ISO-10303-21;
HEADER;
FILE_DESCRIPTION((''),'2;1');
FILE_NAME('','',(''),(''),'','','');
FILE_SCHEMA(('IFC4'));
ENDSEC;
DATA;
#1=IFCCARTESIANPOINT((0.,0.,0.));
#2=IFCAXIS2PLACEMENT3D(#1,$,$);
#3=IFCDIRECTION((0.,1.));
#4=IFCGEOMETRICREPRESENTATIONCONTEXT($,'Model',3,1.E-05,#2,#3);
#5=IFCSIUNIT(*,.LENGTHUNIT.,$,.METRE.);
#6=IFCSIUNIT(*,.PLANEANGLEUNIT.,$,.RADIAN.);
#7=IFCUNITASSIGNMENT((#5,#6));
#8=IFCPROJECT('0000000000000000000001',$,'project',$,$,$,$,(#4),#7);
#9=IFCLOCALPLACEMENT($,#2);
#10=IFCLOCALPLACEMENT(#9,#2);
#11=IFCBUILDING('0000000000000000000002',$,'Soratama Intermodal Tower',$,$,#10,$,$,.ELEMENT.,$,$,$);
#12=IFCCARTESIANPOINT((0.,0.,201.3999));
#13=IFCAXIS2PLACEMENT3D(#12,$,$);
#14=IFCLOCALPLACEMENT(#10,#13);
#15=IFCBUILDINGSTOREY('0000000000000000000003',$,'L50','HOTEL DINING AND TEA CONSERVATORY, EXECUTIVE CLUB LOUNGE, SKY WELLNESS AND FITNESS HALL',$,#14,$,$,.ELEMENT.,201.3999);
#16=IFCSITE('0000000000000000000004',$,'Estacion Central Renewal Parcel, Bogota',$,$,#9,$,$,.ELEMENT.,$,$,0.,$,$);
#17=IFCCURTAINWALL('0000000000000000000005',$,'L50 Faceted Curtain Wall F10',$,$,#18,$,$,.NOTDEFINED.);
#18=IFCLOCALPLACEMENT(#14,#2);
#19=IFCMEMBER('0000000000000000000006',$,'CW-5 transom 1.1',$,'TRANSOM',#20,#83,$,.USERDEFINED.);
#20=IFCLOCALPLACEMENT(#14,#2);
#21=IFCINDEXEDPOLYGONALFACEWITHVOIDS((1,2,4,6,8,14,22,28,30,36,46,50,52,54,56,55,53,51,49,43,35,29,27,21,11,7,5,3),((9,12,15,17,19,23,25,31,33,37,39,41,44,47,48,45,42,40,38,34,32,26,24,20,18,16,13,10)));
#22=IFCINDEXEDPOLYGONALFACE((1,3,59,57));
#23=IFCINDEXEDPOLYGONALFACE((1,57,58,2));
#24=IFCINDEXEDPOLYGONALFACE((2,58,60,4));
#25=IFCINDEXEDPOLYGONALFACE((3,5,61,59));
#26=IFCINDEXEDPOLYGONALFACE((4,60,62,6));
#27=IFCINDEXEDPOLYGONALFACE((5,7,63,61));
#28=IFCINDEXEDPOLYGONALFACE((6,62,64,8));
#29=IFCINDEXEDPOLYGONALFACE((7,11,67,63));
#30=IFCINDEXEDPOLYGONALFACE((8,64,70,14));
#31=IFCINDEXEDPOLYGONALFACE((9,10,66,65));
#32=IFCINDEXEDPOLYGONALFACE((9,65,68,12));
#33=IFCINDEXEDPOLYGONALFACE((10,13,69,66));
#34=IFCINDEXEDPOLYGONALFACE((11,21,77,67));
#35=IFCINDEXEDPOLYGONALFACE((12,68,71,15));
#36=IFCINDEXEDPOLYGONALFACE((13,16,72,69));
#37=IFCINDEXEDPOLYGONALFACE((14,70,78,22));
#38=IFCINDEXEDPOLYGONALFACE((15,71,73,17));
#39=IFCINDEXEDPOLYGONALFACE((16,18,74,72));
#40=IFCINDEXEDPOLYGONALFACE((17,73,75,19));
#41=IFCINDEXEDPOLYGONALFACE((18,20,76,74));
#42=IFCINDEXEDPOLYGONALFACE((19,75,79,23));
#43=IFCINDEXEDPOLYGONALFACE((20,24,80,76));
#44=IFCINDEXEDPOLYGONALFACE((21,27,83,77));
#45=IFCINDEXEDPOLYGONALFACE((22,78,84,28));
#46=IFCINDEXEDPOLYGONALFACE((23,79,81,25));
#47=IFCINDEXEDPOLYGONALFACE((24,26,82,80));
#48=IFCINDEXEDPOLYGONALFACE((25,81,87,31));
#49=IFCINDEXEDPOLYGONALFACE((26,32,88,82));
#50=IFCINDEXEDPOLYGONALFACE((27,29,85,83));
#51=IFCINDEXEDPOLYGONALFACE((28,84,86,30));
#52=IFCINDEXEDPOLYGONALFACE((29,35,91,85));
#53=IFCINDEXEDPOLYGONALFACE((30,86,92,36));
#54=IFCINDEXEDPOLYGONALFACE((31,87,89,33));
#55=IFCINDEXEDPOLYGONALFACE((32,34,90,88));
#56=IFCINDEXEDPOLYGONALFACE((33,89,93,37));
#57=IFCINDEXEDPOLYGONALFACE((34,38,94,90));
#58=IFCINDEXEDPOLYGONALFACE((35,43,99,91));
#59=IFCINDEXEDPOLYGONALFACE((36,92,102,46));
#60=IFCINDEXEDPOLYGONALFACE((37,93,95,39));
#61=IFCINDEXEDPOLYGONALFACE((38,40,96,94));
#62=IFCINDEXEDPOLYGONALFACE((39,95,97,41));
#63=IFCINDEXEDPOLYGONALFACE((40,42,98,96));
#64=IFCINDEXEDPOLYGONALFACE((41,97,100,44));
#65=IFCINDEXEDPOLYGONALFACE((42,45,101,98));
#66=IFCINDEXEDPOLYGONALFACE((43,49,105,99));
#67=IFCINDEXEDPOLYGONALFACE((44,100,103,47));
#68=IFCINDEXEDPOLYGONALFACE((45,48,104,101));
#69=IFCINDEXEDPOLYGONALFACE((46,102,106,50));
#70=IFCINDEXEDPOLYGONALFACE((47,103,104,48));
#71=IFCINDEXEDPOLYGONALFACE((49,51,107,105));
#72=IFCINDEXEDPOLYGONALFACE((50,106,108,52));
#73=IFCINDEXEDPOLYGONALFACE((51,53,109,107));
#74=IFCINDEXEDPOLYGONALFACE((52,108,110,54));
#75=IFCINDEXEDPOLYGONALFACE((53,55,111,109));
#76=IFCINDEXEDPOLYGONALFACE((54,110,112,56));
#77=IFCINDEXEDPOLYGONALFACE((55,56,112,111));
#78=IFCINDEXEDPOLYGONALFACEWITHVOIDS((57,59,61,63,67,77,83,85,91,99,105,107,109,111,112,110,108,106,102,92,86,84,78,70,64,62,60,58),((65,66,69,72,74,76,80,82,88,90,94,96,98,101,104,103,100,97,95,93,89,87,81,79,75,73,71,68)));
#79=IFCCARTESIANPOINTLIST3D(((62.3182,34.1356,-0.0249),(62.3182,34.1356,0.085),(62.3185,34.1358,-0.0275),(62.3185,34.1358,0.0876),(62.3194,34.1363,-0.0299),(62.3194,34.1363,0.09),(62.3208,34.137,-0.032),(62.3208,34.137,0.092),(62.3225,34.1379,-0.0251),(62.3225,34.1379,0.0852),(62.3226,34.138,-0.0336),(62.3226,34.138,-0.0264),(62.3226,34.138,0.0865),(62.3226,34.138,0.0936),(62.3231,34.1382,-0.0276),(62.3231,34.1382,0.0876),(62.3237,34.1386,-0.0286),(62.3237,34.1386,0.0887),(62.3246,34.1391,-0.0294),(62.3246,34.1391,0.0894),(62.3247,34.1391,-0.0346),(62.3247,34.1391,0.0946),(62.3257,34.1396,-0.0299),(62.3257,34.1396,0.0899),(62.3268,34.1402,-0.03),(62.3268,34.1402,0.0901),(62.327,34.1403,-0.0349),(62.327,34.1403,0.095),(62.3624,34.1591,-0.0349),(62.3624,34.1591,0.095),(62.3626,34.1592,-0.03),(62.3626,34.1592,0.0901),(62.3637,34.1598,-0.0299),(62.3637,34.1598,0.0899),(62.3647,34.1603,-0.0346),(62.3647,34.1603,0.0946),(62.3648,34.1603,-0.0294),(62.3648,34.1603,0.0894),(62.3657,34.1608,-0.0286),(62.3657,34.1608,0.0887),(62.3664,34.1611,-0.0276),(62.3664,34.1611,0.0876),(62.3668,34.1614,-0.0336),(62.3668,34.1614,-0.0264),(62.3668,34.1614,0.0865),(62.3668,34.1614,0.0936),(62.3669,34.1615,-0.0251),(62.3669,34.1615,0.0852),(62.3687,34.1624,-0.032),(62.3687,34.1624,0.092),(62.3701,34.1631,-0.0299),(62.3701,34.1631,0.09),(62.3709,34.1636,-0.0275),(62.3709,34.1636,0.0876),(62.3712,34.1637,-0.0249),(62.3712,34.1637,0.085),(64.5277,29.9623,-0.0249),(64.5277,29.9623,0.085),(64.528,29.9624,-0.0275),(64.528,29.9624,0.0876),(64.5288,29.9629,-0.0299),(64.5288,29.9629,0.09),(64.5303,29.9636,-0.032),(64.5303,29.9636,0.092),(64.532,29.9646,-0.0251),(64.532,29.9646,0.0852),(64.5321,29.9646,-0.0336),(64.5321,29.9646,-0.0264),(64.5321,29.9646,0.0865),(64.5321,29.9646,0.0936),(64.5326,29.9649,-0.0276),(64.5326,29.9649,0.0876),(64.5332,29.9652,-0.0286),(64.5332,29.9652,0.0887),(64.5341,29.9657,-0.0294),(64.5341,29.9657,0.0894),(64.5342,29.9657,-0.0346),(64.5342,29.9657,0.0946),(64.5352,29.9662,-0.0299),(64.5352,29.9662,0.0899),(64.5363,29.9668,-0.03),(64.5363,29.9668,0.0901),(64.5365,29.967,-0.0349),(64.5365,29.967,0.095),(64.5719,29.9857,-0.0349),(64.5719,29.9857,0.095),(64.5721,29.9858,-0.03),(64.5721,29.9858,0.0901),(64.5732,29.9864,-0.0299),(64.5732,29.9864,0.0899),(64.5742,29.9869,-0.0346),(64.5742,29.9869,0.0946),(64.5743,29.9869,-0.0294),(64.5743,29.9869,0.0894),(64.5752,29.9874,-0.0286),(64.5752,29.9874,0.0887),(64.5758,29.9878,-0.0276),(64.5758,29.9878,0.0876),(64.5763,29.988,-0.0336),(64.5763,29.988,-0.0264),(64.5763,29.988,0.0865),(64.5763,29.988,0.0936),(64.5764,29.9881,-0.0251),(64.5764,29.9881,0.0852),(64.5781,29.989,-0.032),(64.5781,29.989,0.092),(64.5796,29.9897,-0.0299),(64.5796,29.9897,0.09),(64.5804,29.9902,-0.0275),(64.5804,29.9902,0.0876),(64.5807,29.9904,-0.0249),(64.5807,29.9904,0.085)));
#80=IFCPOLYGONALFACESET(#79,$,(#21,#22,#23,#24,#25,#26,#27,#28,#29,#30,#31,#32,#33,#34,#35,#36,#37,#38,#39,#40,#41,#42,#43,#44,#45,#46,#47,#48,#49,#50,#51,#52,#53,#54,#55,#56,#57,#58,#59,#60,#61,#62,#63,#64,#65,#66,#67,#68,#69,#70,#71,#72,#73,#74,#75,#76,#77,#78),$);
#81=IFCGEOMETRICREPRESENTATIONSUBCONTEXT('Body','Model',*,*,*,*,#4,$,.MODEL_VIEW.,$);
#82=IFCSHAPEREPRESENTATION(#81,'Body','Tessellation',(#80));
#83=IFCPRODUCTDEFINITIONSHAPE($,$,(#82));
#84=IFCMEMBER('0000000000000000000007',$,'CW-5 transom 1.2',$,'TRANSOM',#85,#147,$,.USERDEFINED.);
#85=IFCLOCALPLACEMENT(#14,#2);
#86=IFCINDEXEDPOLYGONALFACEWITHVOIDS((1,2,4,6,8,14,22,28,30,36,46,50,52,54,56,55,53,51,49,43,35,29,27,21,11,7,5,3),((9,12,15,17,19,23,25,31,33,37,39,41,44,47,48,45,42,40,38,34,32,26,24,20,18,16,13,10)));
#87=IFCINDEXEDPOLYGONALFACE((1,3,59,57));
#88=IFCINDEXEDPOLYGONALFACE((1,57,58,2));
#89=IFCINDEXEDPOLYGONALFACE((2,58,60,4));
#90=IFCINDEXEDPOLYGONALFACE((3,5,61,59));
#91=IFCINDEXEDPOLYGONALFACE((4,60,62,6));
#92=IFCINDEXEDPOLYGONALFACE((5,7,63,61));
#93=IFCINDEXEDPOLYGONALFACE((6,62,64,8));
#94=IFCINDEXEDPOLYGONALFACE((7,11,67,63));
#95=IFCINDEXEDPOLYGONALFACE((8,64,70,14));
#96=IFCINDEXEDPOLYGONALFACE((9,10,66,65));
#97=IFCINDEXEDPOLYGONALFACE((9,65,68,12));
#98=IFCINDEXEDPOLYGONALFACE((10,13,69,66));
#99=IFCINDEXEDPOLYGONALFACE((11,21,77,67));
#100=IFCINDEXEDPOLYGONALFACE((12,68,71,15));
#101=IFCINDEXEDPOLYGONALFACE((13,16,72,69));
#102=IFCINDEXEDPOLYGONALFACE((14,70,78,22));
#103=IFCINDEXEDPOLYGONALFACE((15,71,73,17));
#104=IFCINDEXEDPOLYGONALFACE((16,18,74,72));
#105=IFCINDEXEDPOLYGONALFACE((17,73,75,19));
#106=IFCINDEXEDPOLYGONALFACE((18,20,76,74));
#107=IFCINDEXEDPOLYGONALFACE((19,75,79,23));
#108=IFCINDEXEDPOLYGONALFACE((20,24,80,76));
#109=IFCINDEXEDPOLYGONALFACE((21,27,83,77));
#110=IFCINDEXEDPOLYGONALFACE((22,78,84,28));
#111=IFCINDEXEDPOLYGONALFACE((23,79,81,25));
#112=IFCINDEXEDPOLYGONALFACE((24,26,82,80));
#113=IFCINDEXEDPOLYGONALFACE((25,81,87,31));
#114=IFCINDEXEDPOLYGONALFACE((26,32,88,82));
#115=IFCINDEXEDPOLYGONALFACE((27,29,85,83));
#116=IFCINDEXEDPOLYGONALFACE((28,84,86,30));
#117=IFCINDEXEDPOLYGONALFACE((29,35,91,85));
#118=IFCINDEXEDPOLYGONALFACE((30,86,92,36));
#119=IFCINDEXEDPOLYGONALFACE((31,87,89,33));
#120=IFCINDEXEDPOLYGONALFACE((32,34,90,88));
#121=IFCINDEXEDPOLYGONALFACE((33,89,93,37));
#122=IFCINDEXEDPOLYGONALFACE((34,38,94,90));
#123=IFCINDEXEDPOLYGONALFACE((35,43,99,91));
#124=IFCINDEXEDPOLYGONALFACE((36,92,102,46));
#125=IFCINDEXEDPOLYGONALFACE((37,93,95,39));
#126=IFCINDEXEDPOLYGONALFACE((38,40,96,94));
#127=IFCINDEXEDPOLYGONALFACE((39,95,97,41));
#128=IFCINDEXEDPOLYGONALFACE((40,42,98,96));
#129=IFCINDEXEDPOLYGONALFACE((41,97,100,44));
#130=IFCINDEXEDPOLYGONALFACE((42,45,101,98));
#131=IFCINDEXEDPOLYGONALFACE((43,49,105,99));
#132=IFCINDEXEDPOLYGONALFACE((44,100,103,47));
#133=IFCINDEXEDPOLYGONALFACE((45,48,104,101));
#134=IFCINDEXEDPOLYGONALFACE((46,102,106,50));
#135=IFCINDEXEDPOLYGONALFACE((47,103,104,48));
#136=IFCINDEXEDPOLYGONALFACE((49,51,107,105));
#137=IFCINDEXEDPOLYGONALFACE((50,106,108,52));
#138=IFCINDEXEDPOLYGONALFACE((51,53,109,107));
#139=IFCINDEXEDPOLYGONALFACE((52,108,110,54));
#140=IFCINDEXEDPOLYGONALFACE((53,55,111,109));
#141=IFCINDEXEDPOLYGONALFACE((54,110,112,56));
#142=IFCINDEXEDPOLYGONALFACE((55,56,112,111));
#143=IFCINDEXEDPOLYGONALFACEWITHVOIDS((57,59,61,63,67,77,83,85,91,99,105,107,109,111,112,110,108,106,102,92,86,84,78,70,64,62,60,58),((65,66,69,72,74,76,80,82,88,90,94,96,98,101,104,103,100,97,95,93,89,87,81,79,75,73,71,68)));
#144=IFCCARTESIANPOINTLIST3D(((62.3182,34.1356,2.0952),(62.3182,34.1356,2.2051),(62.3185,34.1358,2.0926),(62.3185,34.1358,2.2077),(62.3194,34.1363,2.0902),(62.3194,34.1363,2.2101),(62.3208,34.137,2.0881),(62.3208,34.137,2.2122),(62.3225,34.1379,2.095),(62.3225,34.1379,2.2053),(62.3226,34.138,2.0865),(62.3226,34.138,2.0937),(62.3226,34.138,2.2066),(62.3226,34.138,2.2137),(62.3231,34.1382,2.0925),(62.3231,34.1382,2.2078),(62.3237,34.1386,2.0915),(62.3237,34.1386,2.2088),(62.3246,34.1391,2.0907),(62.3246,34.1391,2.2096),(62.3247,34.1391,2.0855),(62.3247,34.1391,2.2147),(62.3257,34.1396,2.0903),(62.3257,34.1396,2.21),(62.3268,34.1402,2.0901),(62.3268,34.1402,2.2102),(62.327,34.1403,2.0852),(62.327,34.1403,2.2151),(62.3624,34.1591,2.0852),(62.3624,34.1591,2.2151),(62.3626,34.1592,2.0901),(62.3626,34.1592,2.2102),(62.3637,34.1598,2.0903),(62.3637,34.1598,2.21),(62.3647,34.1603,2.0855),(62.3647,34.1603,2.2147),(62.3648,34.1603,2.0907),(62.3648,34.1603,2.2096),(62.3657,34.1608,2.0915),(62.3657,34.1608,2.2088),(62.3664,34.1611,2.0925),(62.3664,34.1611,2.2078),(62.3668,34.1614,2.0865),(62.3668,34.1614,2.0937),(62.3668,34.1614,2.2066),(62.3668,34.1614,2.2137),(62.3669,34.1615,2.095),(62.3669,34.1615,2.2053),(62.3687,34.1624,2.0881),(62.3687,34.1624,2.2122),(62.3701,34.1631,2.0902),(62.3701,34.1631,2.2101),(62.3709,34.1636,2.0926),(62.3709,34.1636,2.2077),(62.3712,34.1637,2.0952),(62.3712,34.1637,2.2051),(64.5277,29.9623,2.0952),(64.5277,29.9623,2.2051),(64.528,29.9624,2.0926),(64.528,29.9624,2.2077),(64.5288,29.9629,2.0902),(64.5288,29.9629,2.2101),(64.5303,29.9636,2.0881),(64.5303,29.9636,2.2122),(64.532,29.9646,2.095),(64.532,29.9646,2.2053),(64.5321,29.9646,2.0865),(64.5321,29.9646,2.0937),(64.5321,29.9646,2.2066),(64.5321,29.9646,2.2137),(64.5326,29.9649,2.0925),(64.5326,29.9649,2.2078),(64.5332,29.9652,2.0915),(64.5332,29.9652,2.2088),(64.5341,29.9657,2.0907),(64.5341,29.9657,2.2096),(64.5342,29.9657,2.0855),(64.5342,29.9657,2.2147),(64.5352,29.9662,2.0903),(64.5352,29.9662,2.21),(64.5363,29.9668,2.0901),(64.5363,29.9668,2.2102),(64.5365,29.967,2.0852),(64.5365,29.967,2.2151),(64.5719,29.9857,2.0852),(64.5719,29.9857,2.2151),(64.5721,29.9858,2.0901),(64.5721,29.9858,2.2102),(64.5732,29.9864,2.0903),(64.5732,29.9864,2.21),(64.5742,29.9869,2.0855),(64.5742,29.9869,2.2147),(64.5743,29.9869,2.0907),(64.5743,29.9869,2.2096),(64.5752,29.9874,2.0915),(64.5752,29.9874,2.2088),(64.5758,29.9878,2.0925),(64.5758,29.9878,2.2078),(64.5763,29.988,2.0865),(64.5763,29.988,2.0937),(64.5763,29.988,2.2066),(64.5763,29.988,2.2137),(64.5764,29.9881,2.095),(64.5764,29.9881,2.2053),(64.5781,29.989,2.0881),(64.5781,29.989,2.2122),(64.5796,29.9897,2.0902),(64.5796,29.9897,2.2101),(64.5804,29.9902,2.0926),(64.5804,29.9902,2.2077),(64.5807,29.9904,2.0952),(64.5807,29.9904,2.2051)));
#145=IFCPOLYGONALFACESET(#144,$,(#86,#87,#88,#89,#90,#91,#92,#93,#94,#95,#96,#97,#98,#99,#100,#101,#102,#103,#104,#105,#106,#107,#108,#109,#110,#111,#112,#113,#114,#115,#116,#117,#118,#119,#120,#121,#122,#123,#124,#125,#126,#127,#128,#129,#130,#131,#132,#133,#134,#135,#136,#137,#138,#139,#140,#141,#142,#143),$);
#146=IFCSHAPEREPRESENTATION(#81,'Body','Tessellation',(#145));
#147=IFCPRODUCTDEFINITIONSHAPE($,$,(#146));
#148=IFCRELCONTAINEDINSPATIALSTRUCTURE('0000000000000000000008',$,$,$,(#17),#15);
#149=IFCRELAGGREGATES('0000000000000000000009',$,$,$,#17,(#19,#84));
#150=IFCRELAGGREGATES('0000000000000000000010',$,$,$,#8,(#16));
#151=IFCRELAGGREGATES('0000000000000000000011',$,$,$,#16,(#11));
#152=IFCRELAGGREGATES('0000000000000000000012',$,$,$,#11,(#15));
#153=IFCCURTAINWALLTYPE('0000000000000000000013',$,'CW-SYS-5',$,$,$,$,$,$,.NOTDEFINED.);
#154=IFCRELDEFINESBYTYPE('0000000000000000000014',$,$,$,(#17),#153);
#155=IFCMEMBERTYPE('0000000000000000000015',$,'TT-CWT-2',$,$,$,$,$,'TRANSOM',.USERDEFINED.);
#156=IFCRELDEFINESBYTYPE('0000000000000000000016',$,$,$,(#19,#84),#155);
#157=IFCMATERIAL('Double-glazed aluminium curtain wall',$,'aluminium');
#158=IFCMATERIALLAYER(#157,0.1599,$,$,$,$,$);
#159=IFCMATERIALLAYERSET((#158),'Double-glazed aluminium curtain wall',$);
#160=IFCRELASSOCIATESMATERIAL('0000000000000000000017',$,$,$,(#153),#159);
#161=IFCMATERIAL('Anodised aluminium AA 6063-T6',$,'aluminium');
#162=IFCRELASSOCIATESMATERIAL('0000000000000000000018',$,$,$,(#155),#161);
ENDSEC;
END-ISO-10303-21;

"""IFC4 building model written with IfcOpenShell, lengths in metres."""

from ifc_helpers import new_model, si_unit, direction, frame, origin, origin_2d, place, context, subcontext, project, spatial, hollow_rectangle, extrude, material, layer, layer_set, material_profile, profile_set, type_object, element, aggregate, save


model = new_model("IFC4")

# Units and contexts
model_context = context("Model", 3, precision=1e-05, world=origin(), true_north=direction((0.0, 1.0)))
body_context = subcontext(model_context, "Body", "Model", "MODEL_VIEW")
ifc_project = project(units=[si_unit("LENGTHUNIT", "METRE"), si_unit("PLANEANGLEUNIT", "RADIAN")], contexts=[model_context])

# Site, building, storey
site_placement = place(None, origin())
site = spatial("IfcSite", under=ifc_project, at=site_placement, Name="Estacion Central Renewal Parcel, Bogota", CompositionType="ELEMENT", RefElevation=0.0)
building_placement = place(site_placement, origin())
building = spatial("IfcBuilding", under=site, at=building_placement, Name="Soratama Intermodal Tower", CompositionType="ELEMENT")
storey_placement = place(building_placement, frame((0.0, 0.0, 201.3999)))
storey = spatial("IfcBuildingStorey", under=building, at=storey_placement, Name="L50", Description="HOTEL DINING AND TEA CONSERVATORY, EXECUTIVE CLUB LOUNGE, SKY WELLNESS AND FITNESS HALL", CompositionType="ELEMENT", Elevation=201.3999)

# Curtain wall, members
ifc_material_1 = material(Name="Double-glazed aluminium curtain wall", Category="aluminium")
ifc_layer_1 = layer(ifc_material_1, 0.1599)
ifc_layer_set_1 = layer_set([ifc_layer_1], Name="Double-glazed aluminium curtain wall")
curtain_wall_type = type_object("IfcCurtainWallType", Name="CW-SYS-5", PredefinedType="NOTDEFINED", material=ifc_layer_set_1)
curtain_wall_placement = place(storey_placement, origin())
curtain_wall = element("IfcCurtainWall", 1, at=curtain_wall_placement, inside=storey, type_object=curtain_wall_type, Name="L50 Faceted Curtain Wall F10", PredefinedType="NOTDEFINED")
ifc_material_2 = material(Name="Anodised aluminium AA 6063-T6", Category="aluminium")
ifc_material_profile_1 = material_profile(ifc_material_2, hollow_rectangle(XDim=0.0601, YDim=0.1299, WallThickness=0.0049, InnerFilletRadius=0.0049, OuterFilletRadius=0.01, at=origin_2d()), Name="CWT130X60X5")
ifc_profile_set_1 = profile_set([ifc_material_profile_1], Name="Anodised aluminium AA 6063-T6")
member_type_1 = type_object("IfcMemberType", Name="TT-CWT-2", ElementType="TRANSOM", PredefinedType="USERDEFINED", material=ifc_profile_set_1)
member_1_placement = place(storey_placement, frame((64.5542, 29.9763, 0.03), z_axis=(-0.467897, 0.883783, 0.0), x_axis=(-0.883783, -0.467897, 0.0)))
member_1 = element("IfcMember", 2, at=member_1_placement, type_object=member_type_1, Name="CW-5 transom 1.1", ObjectType="TRANSOM", PredefinedType="USERDEFINED", context=body_context, shape_type="SweptSolid", body=[
    extrude(hollow_rectangle(XDim=0.0601, YDim=0.1299, WallThickness=0.0049, InnerFilletRadius=0.0049, OuterFilletRadius=0.01, at=origin_2d()), origin(), (0.0, 0.0, 1.0), 4.7222),
])
member_2_placement = place(storey_placement, frame((64.5542, 29.9763, 2.1501), z_axis=(-0.467897, 0.883783, 0.0), x_axis=(-0.883783, -0.467897, 0.0)))
member_2 = element("IfcMember", 3, at=member_2_placement, type_object=member_type_1, Name="CW-5 transom 1.2", ObjectType="TRANSOM", PredefinedType="USERDEFINED", context=body_context, shape_type="SweptSolid", body=[
    extrude(hollow_rectangle(XDim=0.0601, YDim=0.1299, WallThickness=0.0049, InnerFilletRadius=0.0049, OuterFilletRadius=0.01, at=origin_2d()), origin(), (0.0, 0.0, 1.0), 4.7222),
])
aggregate(curtain_wall, [member_1, member_2])

save(model, "model.ifc")
